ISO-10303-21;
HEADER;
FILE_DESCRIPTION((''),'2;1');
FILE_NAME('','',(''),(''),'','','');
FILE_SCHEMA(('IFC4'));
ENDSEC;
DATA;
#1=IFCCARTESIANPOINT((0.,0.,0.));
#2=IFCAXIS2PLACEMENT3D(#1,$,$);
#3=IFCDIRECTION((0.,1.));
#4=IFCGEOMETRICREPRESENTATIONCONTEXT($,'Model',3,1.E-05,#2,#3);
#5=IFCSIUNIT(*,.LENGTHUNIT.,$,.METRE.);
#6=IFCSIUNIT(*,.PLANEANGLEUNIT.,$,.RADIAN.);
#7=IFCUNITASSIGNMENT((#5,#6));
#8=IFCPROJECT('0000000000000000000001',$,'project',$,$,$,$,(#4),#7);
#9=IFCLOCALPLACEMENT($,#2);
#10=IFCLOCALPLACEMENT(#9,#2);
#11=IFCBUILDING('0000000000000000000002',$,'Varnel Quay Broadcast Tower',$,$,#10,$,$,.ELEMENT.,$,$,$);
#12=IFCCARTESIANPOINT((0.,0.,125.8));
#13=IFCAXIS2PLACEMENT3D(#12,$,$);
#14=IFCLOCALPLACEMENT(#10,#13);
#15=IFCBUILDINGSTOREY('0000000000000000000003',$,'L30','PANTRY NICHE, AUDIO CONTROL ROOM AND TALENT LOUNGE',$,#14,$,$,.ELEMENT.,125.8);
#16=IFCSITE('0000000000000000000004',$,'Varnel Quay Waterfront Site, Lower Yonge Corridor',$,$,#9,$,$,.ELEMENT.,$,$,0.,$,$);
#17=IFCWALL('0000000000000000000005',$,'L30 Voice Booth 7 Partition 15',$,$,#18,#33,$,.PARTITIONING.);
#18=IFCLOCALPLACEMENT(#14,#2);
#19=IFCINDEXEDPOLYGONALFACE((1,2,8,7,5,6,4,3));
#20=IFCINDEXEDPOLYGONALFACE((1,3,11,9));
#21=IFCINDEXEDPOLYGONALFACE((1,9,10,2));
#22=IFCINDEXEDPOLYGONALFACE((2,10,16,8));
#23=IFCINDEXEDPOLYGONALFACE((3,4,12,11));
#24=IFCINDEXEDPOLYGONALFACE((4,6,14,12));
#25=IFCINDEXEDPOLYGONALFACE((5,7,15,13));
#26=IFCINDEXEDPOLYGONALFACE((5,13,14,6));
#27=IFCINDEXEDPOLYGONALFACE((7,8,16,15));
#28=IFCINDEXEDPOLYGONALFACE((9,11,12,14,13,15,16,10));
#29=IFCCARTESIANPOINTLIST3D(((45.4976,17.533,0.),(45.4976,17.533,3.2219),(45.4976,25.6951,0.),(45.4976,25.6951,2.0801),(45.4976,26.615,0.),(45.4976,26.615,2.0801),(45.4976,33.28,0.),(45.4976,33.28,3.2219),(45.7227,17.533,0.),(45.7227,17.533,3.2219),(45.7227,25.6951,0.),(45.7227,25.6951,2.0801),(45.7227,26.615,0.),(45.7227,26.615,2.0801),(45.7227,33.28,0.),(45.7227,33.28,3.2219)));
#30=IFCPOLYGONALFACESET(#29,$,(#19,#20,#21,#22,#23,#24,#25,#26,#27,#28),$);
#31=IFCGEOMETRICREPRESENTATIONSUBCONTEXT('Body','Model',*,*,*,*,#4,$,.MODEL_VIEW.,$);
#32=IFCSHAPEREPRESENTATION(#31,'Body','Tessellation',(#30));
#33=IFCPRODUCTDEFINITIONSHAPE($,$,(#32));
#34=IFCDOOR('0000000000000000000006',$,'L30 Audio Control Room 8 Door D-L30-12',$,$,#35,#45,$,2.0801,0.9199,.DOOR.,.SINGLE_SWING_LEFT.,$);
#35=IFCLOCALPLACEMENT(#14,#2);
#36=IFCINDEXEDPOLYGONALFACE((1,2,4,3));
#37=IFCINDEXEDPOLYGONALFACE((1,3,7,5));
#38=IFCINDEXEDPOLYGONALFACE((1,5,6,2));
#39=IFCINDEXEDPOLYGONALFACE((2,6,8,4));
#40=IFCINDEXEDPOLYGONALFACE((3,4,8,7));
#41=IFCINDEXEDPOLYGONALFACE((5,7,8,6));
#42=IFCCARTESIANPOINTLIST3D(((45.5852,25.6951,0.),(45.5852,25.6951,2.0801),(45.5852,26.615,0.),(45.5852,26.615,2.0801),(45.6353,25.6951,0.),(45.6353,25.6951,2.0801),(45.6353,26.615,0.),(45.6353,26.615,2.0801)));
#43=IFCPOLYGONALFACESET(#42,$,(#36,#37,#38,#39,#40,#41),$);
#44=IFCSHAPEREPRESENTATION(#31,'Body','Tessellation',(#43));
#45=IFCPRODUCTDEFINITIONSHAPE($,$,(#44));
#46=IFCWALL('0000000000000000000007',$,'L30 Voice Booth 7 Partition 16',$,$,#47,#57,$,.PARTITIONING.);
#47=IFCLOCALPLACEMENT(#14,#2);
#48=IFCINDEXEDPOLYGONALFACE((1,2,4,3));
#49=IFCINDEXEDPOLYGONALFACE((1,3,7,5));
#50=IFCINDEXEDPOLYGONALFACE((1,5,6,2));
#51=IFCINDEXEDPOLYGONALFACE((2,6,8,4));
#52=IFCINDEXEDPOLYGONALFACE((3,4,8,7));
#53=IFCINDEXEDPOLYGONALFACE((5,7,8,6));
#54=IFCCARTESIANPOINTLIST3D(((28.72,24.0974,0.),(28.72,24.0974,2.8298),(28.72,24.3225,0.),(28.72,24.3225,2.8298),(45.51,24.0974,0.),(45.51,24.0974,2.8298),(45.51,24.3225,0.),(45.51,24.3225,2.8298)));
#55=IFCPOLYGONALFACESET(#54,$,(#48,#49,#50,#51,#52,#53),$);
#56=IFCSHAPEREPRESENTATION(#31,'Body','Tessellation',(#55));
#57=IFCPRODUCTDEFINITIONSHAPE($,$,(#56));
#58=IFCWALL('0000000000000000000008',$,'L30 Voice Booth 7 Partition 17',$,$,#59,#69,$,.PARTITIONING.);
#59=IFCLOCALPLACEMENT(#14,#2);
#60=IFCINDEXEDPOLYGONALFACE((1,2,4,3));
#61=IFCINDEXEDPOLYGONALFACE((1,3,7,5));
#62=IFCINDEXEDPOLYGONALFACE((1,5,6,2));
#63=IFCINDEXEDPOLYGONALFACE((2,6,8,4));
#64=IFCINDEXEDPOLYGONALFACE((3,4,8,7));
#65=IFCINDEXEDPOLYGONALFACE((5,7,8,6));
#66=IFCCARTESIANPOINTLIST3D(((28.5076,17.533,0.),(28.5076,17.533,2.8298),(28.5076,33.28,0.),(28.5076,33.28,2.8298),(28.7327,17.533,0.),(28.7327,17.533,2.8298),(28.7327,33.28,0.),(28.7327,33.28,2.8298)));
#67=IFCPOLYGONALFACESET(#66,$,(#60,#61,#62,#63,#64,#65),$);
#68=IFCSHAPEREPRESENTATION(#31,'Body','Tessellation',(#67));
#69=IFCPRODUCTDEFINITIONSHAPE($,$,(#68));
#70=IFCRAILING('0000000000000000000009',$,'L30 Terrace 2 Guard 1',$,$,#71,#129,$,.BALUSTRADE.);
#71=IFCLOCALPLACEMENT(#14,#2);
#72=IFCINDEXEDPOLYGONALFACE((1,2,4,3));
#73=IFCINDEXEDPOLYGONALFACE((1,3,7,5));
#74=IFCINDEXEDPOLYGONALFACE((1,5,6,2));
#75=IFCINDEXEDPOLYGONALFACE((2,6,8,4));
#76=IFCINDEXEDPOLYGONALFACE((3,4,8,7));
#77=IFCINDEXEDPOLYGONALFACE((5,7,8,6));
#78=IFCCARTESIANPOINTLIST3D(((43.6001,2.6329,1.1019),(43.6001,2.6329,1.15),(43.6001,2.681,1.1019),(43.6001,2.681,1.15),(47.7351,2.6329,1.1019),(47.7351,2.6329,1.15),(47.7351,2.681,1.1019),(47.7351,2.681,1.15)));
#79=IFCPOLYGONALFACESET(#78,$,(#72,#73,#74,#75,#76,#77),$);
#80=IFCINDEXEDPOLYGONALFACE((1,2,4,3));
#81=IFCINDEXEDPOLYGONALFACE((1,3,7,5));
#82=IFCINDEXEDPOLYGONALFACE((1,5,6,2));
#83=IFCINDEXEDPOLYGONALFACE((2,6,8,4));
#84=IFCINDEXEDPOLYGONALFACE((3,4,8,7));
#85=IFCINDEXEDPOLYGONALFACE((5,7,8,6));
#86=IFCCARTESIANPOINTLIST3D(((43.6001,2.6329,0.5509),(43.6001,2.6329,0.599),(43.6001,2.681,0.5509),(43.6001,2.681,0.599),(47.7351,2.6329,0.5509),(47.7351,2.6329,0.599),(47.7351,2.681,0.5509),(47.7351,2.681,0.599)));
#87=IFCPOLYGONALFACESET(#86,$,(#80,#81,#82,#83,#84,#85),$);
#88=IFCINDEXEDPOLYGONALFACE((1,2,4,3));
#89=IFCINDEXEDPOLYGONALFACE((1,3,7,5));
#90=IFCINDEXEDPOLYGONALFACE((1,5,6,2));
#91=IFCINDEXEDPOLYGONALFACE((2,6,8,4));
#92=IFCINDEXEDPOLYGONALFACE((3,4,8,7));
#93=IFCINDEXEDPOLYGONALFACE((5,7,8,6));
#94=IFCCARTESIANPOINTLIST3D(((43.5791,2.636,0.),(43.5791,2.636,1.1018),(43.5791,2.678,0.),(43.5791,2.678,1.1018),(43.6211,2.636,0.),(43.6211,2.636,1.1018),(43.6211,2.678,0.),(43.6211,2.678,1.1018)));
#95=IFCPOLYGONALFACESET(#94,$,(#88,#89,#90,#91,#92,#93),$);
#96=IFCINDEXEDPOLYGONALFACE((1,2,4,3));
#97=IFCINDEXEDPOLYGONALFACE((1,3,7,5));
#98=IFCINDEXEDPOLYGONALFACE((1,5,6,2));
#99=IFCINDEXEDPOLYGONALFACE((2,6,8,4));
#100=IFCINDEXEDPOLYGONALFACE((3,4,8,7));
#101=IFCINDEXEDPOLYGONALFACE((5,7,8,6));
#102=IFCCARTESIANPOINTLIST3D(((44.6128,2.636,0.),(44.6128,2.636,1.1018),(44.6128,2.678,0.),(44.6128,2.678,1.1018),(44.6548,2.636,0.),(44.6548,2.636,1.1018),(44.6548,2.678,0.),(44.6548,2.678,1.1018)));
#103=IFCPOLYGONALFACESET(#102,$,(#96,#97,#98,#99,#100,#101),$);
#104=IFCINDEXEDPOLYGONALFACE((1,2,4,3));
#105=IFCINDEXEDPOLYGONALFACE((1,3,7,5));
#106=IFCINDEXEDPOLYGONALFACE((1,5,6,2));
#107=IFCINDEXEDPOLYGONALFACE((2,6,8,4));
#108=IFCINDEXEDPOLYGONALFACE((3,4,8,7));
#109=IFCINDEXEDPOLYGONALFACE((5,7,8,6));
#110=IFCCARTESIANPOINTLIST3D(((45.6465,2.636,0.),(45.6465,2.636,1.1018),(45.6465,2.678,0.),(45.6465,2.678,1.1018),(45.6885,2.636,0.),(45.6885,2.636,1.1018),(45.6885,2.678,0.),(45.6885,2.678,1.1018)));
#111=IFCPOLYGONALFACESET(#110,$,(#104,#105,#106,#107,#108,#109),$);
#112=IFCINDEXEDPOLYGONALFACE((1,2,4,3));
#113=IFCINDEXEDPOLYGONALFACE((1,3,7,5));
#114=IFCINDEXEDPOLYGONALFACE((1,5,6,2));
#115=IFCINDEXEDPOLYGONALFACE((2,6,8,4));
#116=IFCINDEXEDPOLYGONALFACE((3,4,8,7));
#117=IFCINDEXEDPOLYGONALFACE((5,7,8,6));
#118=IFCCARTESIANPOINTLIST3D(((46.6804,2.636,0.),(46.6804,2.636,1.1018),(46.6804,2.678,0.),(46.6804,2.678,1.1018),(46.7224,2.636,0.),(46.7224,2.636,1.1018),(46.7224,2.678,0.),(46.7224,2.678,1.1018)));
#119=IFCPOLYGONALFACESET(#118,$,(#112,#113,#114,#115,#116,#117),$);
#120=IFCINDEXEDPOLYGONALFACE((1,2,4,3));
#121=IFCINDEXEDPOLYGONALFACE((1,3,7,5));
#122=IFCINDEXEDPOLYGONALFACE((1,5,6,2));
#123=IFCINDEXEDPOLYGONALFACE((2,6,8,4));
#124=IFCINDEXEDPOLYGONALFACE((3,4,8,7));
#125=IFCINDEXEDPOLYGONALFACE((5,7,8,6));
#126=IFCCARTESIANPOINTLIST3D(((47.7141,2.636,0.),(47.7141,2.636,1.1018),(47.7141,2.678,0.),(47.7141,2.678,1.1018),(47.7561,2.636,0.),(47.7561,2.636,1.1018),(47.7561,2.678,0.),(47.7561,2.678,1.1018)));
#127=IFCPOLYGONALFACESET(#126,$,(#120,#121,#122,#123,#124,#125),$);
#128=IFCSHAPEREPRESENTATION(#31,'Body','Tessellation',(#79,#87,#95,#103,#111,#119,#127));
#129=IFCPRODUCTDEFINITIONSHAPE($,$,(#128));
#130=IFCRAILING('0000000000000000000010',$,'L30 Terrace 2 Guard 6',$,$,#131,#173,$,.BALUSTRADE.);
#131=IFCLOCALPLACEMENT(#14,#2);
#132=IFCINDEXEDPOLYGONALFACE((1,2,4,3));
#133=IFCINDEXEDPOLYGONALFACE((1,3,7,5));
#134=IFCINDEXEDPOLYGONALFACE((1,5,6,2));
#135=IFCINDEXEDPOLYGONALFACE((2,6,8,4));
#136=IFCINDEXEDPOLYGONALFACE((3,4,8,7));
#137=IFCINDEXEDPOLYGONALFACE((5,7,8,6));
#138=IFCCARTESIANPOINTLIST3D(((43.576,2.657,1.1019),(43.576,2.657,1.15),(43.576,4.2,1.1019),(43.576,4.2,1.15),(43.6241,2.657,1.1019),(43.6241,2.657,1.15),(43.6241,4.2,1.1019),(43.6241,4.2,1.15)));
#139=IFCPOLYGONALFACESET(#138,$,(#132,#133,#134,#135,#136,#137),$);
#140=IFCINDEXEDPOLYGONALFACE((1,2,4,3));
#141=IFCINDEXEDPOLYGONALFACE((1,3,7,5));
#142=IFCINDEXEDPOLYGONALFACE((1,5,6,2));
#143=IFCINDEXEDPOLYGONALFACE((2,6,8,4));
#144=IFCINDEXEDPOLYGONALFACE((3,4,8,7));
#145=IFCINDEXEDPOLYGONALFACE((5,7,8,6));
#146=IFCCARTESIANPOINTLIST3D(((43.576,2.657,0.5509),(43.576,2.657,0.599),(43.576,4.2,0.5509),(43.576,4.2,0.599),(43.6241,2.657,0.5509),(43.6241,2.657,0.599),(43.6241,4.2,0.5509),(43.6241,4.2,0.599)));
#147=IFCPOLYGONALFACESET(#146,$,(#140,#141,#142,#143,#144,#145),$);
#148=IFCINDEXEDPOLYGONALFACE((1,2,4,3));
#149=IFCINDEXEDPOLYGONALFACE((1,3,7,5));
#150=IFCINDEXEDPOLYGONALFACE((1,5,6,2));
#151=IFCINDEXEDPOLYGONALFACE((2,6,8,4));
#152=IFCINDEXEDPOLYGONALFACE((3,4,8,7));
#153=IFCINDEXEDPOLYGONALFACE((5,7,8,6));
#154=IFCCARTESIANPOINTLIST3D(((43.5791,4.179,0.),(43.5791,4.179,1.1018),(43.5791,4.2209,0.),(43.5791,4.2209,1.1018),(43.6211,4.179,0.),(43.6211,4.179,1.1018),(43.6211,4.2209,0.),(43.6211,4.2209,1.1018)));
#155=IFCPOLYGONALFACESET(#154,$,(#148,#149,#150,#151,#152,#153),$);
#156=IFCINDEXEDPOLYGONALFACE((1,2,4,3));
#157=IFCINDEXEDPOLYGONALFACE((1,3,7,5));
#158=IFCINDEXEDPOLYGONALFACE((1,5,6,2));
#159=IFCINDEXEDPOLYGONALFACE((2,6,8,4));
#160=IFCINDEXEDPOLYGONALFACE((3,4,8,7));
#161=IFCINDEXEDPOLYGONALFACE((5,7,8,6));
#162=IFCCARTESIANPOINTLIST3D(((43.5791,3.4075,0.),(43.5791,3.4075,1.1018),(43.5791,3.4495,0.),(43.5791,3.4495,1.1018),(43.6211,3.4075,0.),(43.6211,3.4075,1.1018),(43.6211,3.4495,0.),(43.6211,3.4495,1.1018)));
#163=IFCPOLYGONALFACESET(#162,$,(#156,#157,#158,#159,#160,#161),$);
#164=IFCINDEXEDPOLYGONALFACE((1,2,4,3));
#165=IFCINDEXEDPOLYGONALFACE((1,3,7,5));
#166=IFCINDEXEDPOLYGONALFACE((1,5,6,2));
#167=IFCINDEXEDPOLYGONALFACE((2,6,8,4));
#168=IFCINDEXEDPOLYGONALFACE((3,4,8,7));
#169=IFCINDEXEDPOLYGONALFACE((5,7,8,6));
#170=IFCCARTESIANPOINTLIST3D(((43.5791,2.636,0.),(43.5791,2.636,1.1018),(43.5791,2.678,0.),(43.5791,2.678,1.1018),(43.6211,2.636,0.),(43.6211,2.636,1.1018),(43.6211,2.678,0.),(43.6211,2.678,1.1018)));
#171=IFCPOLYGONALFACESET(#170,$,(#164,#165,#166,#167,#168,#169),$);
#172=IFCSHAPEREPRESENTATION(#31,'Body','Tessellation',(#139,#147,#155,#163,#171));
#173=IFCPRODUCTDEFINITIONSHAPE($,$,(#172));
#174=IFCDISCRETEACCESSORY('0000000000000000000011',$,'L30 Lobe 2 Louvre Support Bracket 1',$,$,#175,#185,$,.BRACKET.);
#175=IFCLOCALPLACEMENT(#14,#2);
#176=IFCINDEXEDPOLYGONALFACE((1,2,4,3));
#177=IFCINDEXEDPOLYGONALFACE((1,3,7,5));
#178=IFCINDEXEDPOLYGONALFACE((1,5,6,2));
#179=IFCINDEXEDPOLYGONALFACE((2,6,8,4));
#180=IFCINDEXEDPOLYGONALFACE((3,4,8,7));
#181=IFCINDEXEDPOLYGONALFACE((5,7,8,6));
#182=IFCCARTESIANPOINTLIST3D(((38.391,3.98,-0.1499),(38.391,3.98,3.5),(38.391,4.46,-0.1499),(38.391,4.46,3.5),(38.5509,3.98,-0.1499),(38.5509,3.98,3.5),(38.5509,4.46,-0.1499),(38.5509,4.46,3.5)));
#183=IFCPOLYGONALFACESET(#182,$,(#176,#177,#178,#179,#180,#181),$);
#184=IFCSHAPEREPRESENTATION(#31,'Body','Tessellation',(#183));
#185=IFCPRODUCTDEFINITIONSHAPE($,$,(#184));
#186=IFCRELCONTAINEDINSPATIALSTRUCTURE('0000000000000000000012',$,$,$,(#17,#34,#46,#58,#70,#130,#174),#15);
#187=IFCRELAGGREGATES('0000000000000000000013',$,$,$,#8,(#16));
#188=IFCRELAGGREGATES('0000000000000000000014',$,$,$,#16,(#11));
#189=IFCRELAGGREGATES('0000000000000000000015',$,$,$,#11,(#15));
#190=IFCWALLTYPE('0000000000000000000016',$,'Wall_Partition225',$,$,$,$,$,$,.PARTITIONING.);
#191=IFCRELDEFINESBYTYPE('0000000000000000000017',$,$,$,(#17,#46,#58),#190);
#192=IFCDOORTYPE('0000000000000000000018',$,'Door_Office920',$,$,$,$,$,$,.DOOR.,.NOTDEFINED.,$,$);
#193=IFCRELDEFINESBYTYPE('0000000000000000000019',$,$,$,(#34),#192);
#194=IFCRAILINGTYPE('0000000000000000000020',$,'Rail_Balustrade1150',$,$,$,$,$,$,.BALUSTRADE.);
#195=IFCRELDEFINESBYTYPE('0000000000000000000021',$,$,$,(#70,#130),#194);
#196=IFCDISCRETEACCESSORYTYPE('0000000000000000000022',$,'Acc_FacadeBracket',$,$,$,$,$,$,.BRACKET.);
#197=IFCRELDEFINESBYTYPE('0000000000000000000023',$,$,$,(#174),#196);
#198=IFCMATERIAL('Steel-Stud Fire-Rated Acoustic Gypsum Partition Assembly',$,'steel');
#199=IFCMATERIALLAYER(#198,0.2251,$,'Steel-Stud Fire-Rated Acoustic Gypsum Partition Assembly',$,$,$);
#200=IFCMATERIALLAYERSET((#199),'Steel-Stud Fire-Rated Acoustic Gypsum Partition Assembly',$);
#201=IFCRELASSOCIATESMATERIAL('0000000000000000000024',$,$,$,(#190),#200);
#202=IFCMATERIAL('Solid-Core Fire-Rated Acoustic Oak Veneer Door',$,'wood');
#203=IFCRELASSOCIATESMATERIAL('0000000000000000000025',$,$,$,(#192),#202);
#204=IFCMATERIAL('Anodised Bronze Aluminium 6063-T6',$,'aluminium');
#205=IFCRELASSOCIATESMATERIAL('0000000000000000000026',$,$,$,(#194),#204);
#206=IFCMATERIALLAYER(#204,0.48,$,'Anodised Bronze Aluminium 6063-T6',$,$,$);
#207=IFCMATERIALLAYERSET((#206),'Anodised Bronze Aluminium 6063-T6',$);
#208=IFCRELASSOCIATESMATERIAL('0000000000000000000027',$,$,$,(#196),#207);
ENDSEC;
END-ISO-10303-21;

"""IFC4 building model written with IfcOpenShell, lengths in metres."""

from ifc_helpers import new_model, si_unit, direction, frame, frame_2d, origin, origin_2d, place, context, subcontext, project, spatial, rectangle, extrude, source, transform, mapped, material, layer, layer_set, type_object, type_shapes, element, fill, save


model = new_model("IFC4")

# Units and contexts
model_context = context("Model", 3, precision=1e-05, world=origin(), true_north=direction((0.0, 1.0)))
body_context = subcontext(model_context, "Body", "Model", "MODEL_VIEW")
ifc_project = project(units=[si_unit("LENGTHUNIT", "METRE"), si_unit("PLANEANGLEUNIT", "RADIAN")], contexts=[model_context])

# Site, building, storey
site_placement = place(None, origin())
site = spatial("IfcSite", under=ifc_project, at=site_placement, Name="Varnel Quay Waterfront Site, Lower Yonge Corridor", CompositionType="ELEMENT", RefElevation=0.0)
building_placement = place(site_placement, origin())
building = spatial("IfcBuilding", under=site, at=building_placement, Name="Varnel Quay Broadcast Tower", CompositionType="ELEMENT")
storey_placement = place(building_placement, frame((0.0, 0.0, 125.8)))
storey = spatial("IfcBuildingStorey", under=building, at=storey_placement, Name="L30", Description="PANTRY NICHE, AUDIO CONTROL ROOM AND TALENT LOUNGE", CompositionType="ELEMENT", Elevation=125.8)

# Shared definitions
ifc_material_1 = material(Name="Anodised Bronze Aluminium 6063-T6", Category="aluminium")

# Shared definitions
ifc_material_2 = material(Name="Steel-Stud Fire-Rated Acoustic Gypsum Partition Assembly", Category="steel")
ifc_layer_1 = layer(ifc_material_2, 0.2251, Name="Steel-Stud Fire-Rated Acoustic Gypsum Partition Assembly")
ifc_layer_set_1 = layer_set([ifc_layer_1], Name="Steel-Stud Fire-Rated Acoustic Gypsum Partition Assembly")
wall_type_1 = type_object("IfcWallType", Name="Wall_Partition225", PredefinedType="PARTITIONING", material=ifc_layer_set_1)

# Wall, opening, door
ifc_material_3 = material(Name="Solid-Core Fire-Rated Acoustic Oak Veneer Door", Category="wood")
wall_1_placement = place(storey_placement, frame((45.6101, 17.533, 0.0), z_axis=(0.0, 0.0, 1.0), x_axis=(0.0, 1.0, 0.0)))
wall_1 = element("IfcWall", 1, at=wall_1_placement, inside=storey, type_object=wall_type_1, Name="L30 Voice Booth 7 Partition 15", PredefinedType="PARTITIONING", context=body_context, shape_type="SweptSolid", body=[
    extrude(rectangle(XDim=15.7471, YDim=0.2251, at=frame_2d((7.8735, 0.0))), origin(), (0.0, 0.0, 1.0), 3.2219),
])
opening_1_placement = place(wall_1_placement, frame((8.1621, 0.0, 0.0)))
opening_1 = element("IfcOpeningElement", 2, at=opening_1_placement, cuts=wall_1, PredefinedType="OPENING", context=body_context, shape_type="SweptSolid", body=[
    extrude(rectangle(XDim=0.9199, YDim=2.0801, at=frame_2d((0.46, 1.04))), frame((0.0, 0.1226, 0.0), z_axis=(0.0, -1.0, 0.0), x_axis=(1.0, 0.0, 0.0)), (0.0, 0.0, 1.0), 0.2451),
])
door_type_1 = type_object("IfcDoorType", Name="Door_Office920", OperationType="NOTDEFINED", PredefinedType="DOOR", material=ifc_material_3)
shared_shape_1 = source(origin(), body_context, "Body", "SweptSolid", [
    extrude(rectangle(XDim=0.9199, YDim=2.0801, at=frame_2d((0.46, 1.04))), frame((0.0, 0.0249, 0.0), z_axis=(0.0, -1.0, 0.0), x_axis=(1.0, 0.0, 0.0)), (0.0, 0.0, 1.0), 0.05),
])
type_shapes(door_type_1, [shared_shape_1])
door_1_placement = place(opening_1_placement, origin())
door_1 = element("IfcDoor", 3, at=door_1_placement, inside=storey, type_object=door_type_1, Name="L30 Audio Control Room 8 Door D-L30-12", OperationType="SINGLE_SWING_LEFT", OverallHeight=2.0801, OverallWidth=0.9199, PredefinedType="DOOR", context=body_context, shape_type="MappedRepresentation", body=[
    mapped(shared_shape_1, transform((0.0, 0.0, 0.0), x_axis=(1.0, 0.0, 0.0), y_axis=(0.0, 1.0, 0.0), z_axis=(0.0, 0.0, 1.0), scale=1.0)),
])
fill(opening_1, door_1)

# Walls
wall_2_placement = place(storey_placement, frame((28.72, 24.21, 0.0), z_axis=(0.0, 0.0, 1.0), x_axis=(1.0, 0.0, 0.0)))
element("IfcWall", 4, at=wall_2_placement, inside=storey, type_object=wall_type_1, Name="L30 Voice Booth 7 Partition 16", PredefinedType="PARTITIONING", context=body_context, shape_type="SweptSolid", body=[
    extrude(rectangle(XDim=16.79, YDim=0.2251, at=frame_2d((8.395, 0.0))), origin(), (0.0, 0.0, 1.0), 2.8298),
])
wall_3_placement = place(storey_placement, frame((28.6201, 17.533, 0.0), z_axis=(0.0, 0.0, 1.0), x_axis=(0.0, 1.0, 0.0)))
element("IfcWall", 5, at=wall_3_placement, inside=storey, type_object=wall_type_1, Name="L30 Voice Booth 7 Partition 17", PredefinedType="PARTITIONING", context=body_context, shape_type="SweptSolid", body=[
    extrude(rectangle(XDim=15.7471, YDim=0.2251, at=frame_2d((7.8735, 0.0))), origin(), (0.0, 0.0, 1.0), 2.8298),
])

# Railings
railing_type = type_object("IfcRailingType", Name="Rail_Balustrade1150", PredefinedType="BALUSTRADE", material=ifc_material_1)
railing_1_placement = place(storey_placement, frame((43.6001, 2.657, 0.0)))
element("IfcRailing", 6, at=railing_1_placement, inside=storey, type_object=railing_type, Name="L30 Terrace 2 Guard 1", PredefinedType="BALUSTRADE", context=body_context, shape_type="SweptSolid", body=[
    extrude(rectangle(XDim=0.0481, YDim=0.0481, at=origin_2d()), frame((0.0, 0.0, 1.126), z_axis=(1.0, 0.0, 0.0), x_axis=(0.0, 1.0, 0.0)), (0.0, 0.0, 1.0), 4.135),
    extrude(rectangle(XDim=0.0481, YDim=0.0481, at=origin_2d()), frame((0.0, 0.0, 0.575), z_axis=(1.0, 0.0, 0.0), x_axis=(0.0, 1.0, 0.0)), (0.0, 0.0, 1.0), 4.135),
    extrude(rectangle(XDim=0.042, YDim=0.042, at=origin_2d()), origin(), (0.0, 0.0, 1.0), 1.1018),
    extrude(rectangle(XDim=0.042, YDim=0.042, at=origin_2d()), frame((1.0337, 0.0, 0.0)), (0.0, 0.0, 1.0), 1.1018),
    extrude(rectangle(XDim=0.042, YDim=0.042, at=origin_2d()), frame((2.0674, 0.0, 0.0)), (0.0, 0.0, 1.0), 1.1018),
    extrude(rectangle(XDim=0.042, YDim=0.042, at=origin_2d()), frame((3.1013, 0.0, 0.0)), (0.0, 0.0, 1.0), 1.1018),
    extrude(rectangle(XDim=0.042, YDim=0.042, at=origin_2d()), frame((4.135, 0.0, 0.0)), (0.0, 0.0, 1.0), 1.1018),
])
railing_2_placement = place(storey_placement, frame((43.6001, 4.2, 0.0)))
element("IfcRailing", 7, at=railing_2_placement, inside=storey, type_object=railing_type, Name="L30 Terrace 2 Guard 6", PredefinedType="BALUSTRADE", context=body_context, shape_type="SweptSolid", body=[
    extrude(rectangle(XDim=0.0481, YDim=0.0481, at=origin_2d()), frame((0.0, 0.0, 1.126), z_axis=(0.0, -1.0, 0.0), x_axis=(1.0, 0.0, 0.0)), (0.0, 0.0, 1.0), 1.543),
    extrude(rectangle(XDim=0.0481, YDim=0.0481, at=origin_2d()), frame((0.0, 0.0, 0.575), z_axis=(0.0, -1.0, 0.0), x_axis=(1.0, 0.0, 0.0)), (0.0, 0.0, 1.0), 1.543),
    extrude(rectangle(XDim=0.042, YDim=0.042, at=origin_2d()), origin(), (0.0, 0.0, 1.0), 1.1018),
    extrude(rectangle(XDim=0.042, YDim=0.042, at=origin_2d()), frame((0.0, -0.7715, 0.0)), (0.0, 0.0, 1.0), 1.1018),
    extrude(rectangle(XDim=0.042, YDim=0.042, at=origin_2d()), frame((0.0, -1.543, 0.0)), (0.0, 0.0, 1.0), 1.1018),
])

# Discrete accessory
ifc_layer_2 = layer(ifc_material_1, 0.48, Name="Anodised Bronze Aluminium 6063-T6")
ifc_layer_set_2 = layer_set([ifc_layer_2], Name="Anodised Bronze Aluminium 6063-T6")
discrete_accessory_type = type_object("IfcDiscreteAccessoryType", Name="Acc_FacadeBracket", PredefinedType="BRACKET", material=ifc_layer_set_2)
shared_shape_2 = source(origin(), body_context, "Body", "SweptSolid", [
    extrude(rectangle(XDim=0.1599, YDim=0.48, at=origin_2d()), origin(), (0.0, 0.0, 1.0), 3.6499),
])
type_shapes(discrete_accessory_type, [shared_shape_2])
discrete_accessory_placement = place(storey_placement, frame((38.4709, 4.22, -0.1499), z_axis=(0.0, 0.0, 1.0), x_axis=(1.0, 0.0, 0.0)))
element("IfcDiscreteAccessory", 8, at=discrete_accessory_placement, inside=storey, type_object=discrete_accessory_type, Name="L30 Lobe 2 Louvre Support Bracket 1", PredefinedType="BRACKET", context=body_context, shape_type="MappedRepresentation", body=[
    mapped(shared_shape_2, transform((0.0, 0.0, 0.0), x_axis=(1.0, 0.0, 0.0), y_axis=(0.0, 1.0, 0.0), z_axis=(0.0, 0.0, 1.0), scale=1.0)),
])

save(model, "model.ifc")
